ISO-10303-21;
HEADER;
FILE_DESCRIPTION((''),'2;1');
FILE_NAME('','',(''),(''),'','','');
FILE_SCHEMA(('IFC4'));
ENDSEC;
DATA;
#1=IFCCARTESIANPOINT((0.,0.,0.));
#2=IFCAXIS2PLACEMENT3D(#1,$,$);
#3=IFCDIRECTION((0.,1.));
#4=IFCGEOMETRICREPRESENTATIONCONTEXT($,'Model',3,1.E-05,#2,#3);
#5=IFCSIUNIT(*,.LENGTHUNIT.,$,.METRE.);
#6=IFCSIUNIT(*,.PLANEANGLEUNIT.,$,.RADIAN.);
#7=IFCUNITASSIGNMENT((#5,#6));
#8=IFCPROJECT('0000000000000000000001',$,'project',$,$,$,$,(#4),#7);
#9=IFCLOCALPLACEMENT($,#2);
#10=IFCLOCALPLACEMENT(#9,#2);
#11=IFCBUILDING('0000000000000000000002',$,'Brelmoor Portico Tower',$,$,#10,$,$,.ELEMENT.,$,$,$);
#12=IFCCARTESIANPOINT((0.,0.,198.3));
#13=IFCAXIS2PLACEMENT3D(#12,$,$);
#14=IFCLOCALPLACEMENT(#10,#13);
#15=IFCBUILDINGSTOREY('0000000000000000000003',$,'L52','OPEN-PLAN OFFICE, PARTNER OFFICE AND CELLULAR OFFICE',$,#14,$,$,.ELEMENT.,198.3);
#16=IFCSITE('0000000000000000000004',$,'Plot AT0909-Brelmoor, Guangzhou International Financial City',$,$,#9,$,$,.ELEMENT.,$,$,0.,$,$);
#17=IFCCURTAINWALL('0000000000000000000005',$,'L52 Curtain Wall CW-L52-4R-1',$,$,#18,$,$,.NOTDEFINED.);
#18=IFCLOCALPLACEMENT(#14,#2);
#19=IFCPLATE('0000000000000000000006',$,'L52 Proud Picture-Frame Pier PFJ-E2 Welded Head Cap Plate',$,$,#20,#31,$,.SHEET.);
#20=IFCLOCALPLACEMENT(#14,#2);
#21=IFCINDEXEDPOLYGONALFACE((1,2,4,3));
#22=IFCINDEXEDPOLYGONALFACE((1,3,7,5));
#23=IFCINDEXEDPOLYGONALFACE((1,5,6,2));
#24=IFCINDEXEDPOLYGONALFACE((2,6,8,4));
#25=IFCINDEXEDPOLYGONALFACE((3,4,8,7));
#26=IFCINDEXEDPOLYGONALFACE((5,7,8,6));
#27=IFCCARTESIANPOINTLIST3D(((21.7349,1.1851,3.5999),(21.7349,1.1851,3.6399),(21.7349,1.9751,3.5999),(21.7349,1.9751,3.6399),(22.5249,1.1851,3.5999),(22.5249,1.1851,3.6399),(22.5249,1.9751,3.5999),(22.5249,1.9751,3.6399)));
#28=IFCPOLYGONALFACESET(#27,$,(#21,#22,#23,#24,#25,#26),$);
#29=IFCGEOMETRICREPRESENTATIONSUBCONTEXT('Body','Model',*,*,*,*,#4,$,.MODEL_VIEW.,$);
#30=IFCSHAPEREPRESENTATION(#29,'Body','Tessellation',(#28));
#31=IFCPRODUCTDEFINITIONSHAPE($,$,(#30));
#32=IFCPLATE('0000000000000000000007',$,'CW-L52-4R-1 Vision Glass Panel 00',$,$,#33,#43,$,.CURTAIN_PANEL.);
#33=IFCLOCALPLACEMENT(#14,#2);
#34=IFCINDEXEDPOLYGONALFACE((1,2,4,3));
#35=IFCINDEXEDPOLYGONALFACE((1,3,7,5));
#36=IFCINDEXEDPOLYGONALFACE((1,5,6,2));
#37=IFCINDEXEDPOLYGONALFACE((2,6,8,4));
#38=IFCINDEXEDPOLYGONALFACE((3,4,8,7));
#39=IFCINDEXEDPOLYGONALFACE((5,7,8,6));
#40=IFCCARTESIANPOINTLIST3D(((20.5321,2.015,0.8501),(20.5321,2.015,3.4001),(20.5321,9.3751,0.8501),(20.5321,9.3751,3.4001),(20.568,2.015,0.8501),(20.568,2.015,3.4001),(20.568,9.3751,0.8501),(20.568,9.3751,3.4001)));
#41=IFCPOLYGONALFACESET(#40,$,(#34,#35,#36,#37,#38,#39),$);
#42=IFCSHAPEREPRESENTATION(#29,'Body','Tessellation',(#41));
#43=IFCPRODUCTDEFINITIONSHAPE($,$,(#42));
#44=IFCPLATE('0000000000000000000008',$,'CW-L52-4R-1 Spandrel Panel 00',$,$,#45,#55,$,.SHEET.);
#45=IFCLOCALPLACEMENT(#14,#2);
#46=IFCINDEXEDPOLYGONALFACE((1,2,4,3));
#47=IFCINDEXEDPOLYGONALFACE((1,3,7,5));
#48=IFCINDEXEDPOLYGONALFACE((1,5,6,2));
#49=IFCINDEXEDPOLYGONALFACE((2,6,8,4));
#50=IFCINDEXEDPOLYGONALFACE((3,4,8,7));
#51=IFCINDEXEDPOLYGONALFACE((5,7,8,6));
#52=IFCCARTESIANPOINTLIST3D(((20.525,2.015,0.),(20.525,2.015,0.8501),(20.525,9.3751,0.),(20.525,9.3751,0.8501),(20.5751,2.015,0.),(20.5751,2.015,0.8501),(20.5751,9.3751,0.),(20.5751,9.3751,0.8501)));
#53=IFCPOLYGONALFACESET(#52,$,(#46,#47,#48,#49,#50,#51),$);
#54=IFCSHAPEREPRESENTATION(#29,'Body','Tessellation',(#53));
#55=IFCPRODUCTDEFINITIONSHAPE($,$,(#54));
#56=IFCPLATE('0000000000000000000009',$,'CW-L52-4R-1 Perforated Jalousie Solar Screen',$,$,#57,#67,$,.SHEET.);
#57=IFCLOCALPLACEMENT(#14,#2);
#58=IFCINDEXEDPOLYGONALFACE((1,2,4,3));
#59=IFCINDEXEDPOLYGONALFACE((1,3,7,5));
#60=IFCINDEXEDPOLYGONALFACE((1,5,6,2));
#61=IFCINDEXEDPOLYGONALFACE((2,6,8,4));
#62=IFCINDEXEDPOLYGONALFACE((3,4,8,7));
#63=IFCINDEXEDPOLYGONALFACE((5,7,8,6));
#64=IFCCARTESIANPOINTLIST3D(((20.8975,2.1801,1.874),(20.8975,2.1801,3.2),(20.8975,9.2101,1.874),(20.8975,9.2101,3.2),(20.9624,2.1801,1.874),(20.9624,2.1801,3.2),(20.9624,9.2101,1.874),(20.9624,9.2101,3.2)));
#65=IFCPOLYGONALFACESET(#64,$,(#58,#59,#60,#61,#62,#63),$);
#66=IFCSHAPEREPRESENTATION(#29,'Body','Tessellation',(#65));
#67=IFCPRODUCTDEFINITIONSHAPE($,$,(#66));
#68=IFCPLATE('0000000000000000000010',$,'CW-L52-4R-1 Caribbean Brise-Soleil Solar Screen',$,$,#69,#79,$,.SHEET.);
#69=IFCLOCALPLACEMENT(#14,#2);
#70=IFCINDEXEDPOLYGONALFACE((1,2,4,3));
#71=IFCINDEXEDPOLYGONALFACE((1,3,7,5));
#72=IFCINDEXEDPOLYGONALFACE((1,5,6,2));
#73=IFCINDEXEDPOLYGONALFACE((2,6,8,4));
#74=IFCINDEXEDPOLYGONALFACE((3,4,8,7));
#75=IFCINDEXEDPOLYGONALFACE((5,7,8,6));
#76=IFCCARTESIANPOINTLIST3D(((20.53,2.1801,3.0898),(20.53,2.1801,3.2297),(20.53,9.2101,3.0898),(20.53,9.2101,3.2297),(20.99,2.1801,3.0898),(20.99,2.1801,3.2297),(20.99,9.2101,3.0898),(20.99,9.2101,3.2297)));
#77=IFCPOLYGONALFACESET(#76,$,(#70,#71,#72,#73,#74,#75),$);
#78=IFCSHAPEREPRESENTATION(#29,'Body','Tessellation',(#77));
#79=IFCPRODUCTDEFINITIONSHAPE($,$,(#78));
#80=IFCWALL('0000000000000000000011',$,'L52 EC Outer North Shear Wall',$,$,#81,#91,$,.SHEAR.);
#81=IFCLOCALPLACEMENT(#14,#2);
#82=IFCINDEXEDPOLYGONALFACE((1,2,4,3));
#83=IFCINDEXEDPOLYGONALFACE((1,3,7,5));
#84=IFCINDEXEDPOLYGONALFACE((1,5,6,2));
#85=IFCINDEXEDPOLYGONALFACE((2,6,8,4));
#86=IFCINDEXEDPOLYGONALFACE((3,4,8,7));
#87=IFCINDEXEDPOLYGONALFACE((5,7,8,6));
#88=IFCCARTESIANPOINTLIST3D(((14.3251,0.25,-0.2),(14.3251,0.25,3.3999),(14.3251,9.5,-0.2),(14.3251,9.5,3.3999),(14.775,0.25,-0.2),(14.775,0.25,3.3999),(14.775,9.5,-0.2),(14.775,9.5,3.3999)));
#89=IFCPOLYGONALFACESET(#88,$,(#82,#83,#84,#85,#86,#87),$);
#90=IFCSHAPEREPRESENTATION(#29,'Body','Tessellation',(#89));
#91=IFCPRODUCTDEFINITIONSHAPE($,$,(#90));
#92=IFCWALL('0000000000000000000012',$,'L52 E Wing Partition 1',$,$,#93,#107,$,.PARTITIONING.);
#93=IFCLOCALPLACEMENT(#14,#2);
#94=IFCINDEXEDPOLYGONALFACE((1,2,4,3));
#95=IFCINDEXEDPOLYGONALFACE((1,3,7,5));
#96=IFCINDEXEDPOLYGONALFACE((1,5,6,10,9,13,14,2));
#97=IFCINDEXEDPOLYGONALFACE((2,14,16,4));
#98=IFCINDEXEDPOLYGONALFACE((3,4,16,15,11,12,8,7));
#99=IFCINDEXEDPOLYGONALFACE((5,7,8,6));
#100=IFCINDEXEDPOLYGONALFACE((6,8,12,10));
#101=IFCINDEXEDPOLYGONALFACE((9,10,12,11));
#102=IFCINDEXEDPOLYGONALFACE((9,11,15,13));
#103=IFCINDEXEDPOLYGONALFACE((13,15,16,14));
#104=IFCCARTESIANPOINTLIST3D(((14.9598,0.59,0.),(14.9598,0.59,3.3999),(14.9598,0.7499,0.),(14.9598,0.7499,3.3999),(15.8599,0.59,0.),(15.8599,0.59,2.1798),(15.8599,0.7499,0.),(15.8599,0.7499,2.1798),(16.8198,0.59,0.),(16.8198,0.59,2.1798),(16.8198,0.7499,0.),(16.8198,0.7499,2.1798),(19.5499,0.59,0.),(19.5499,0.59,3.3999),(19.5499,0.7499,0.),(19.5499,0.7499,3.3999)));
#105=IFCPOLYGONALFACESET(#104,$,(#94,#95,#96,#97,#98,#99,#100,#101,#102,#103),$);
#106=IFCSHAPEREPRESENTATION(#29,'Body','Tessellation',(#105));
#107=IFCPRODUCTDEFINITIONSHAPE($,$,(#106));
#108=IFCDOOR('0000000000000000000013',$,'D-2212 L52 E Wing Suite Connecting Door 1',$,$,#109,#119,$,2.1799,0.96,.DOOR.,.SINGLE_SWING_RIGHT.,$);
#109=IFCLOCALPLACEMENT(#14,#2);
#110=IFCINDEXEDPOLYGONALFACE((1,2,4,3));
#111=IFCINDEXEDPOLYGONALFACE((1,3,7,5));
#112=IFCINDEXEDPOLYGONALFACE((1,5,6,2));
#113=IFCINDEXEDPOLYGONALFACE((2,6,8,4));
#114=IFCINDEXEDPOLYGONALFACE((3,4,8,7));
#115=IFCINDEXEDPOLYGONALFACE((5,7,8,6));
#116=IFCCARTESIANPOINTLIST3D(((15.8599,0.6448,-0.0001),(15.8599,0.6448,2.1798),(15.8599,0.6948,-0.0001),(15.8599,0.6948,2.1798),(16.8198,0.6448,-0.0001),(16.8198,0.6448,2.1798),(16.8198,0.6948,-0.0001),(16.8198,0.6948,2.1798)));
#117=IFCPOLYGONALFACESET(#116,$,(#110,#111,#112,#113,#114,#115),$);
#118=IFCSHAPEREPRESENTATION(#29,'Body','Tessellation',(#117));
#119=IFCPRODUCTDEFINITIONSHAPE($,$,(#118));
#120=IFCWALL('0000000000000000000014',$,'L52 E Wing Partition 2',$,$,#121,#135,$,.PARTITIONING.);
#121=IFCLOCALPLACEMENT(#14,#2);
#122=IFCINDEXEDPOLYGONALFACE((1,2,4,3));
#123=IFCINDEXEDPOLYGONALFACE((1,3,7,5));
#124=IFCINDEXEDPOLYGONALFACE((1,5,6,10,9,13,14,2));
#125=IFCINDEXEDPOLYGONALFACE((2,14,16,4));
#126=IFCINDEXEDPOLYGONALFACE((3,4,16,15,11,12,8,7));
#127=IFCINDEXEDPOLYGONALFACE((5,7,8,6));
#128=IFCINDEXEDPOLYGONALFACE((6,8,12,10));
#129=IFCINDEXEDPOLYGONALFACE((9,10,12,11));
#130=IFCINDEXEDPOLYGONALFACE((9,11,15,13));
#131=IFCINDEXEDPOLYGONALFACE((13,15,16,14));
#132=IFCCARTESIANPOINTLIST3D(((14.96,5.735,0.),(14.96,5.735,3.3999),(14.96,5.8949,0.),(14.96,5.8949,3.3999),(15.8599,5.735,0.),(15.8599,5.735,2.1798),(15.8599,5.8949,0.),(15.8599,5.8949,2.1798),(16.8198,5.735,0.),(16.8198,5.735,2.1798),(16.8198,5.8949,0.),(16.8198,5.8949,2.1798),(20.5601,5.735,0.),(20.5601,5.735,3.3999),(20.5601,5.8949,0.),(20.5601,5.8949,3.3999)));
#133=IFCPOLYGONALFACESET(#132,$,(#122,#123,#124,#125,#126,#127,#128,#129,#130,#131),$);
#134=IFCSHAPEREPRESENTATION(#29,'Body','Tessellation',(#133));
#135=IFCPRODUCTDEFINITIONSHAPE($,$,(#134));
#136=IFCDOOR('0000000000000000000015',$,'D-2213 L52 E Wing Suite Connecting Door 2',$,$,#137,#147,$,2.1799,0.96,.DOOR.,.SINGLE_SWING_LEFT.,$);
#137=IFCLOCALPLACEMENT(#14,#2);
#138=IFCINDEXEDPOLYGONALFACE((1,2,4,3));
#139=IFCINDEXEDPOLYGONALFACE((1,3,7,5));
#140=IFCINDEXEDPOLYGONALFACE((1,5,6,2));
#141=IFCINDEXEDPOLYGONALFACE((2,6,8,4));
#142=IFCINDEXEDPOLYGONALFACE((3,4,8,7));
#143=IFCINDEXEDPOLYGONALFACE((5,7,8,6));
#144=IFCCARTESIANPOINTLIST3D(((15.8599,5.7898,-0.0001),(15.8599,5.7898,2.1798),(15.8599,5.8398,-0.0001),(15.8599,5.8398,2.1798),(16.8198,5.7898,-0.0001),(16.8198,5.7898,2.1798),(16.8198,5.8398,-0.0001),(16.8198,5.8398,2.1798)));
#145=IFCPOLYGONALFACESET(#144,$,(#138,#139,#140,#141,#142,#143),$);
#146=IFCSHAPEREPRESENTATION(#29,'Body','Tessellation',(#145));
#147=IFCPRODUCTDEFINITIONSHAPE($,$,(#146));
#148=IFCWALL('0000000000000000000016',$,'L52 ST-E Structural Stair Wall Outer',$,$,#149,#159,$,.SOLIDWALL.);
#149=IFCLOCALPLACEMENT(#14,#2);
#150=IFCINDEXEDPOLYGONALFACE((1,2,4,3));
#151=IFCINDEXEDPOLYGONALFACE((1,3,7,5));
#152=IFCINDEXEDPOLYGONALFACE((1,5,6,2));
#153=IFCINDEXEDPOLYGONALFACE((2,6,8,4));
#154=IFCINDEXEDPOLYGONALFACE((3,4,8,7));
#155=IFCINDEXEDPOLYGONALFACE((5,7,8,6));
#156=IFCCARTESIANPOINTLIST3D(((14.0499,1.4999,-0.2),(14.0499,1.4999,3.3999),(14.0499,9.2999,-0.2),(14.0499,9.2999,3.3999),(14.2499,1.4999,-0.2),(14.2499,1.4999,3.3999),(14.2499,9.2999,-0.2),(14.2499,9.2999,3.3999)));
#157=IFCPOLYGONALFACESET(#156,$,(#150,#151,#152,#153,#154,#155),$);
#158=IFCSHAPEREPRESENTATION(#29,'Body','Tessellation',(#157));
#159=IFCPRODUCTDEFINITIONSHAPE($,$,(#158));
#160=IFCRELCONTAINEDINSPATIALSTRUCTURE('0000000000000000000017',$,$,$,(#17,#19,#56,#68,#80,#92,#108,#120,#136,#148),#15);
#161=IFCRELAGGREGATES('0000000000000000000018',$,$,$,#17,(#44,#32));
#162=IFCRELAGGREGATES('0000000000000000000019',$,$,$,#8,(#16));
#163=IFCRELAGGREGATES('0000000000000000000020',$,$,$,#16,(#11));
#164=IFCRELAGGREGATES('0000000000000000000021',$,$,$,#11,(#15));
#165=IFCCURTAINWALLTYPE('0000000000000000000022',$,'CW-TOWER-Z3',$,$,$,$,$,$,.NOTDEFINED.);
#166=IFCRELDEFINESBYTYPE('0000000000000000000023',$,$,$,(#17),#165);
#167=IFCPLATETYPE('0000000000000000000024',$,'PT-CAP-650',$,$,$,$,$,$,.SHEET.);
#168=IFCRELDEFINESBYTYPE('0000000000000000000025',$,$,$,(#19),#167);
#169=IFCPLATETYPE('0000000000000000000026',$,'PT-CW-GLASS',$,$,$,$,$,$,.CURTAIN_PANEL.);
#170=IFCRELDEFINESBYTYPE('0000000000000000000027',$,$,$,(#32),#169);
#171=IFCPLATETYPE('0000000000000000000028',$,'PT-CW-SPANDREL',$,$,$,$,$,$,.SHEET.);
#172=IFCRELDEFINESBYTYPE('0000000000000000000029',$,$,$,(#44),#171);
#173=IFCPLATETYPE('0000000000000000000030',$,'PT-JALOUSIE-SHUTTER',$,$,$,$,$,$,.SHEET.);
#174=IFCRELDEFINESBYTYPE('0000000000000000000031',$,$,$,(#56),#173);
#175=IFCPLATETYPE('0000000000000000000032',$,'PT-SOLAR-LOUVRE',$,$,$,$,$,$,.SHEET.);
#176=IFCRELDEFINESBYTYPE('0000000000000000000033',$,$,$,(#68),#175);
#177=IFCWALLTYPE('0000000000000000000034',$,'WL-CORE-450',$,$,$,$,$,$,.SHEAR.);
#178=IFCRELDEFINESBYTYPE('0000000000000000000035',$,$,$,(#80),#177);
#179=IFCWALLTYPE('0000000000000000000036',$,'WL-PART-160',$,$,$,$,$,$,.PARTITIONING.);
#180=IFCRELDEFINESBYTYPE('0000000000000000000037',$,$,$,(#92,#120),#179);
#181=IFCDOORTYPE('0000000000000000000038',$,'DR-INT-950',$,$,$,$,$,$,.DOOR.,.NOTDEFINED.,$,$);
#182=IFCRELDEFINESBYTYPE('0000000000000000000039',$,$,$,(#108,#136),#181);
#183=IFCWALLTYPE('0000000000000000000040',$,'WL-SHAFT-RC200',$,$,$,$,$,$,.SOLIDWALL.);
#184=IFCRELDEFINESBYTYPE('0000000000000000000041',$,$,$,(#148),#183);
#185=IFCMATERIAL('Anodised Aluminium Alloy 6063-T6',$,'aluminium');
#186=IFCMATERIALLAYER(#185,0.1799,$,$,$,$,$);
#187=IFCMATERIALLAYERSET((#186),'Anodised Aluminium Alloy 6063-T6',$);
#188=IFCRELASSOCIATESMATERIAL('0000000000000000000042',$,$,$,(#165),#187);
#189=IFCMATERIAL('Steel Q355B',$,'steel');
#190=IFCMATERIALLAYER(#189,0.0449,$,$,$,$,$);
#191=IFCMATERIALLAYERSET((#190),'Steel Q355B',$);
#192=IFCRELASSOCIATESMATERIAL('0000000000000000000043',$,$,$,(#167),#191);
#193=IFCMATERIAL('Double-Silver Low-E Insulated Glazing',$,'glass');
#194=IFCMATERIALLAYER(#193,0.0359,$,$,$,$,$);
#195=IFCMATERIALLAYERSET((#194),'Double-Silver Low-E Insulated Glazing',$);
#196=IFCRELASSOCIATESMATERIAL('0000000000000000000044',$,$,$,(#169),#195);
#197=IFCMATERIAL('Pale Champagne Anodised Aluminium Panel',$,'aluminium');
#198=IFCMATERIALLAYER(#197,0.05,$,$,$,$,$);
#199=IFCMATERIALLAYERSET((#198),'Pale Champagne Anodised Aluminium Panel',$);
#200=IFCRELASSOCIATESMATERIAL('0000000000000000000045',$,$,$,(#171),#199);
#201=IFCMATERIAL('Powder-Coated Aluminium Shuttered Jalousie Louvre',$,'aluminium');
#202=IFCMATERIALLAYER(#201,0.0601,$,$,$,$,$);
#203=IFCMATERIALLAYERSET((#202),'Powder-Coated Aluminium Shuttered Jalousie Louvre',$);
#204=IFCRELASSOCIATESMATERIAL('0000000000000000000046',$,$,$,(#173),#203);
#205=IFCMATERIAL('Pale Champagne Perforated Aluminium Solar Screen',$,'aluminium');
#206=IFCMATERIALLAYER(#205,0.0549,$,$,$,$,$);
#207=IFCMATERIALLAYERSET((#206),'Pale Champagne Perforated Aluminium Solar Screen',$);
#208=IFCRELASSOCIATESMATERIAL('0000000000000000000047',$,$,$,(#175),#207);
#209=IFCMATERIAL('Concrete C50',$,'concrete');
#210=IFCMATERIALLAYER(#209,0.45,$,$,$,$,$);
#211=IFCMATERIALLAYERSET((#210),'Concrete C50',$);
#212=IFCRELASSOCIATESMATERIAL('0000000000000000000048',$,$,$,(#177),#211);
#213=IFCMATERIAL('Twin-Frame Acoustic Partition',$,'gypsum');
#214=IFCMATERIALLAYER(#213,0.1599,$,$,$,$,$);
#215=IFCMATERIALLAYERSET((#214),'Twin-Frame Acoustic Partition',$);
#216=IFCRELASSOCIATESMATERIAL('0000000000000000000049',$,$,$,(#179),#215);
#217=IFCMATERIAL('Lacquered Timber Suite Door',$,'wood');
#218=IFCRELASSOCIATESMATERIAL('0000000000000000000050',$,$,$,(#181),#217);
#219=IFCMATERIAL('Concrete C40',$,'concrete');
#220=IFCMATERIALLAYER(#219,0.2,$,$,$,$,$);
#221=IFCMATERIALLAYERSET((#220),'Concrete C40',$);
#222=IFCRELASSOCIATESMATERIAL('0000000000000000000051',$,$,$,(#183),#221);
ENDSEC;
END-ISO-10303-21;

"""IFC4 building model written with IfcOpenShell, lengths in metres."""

from ifc_helpers import new_model, si_unit, direction, frame, frame_2d, origin, origin_2d, place, context, subcontext, project, spatial, rectangle, extrude, material, layer, layer_set, type_object, element, fill, aggregate, save


model = new_model("IFC4")

# Units and contexts
model_context = context("Model", 3, precision=1e-05, world=origin(), true_north=direction((0.0, 1.0)))
body_context = subcontext(model_context, "Body", "Model", "MODEL_VIEW")
ifc_project = project(units=[si_unit("LENGTHUNIT", "METRE"), si_unit("PLANEANGLEUNIT", "RADIAN")], contexts=[model_context])

# Site, building, storey
site_placement = place(None, origin())
site = spatial("IfcSite", under=ifc_project, at=site_placement, Name="Plot AT0909-Brelmoor, Guangzhou International Financial City", CompositionType="ELEMENT", RefElevation=0.0)
building_placement = place(site_placement, origin())
building = spatial("IfcBuilding", under=site, at=building_placement, Name="Brelmoor Portico Tower", CompositionType="ELEMENT")
storey_placement = place(building_placement, frame((0.0, 0.0, 198.3)))
storey = spatial("IfcBuildingStorey", under=building, at=storey_placement, Name="L52", Description="OPEN-PLAN OFFICE, PARTNER OFFICE AND CELLULAR OFFICE", CompositionType="ELEMENT", Elevation=198.3)

# Shared definitions
ifc_material_1 = material(Name="Steel Q355B", Category="steel")

# Curtain wall
ifc_material_2 = material(Name="Anodised Aluminium Alloy 6063-T6", Category="aluminium")
ifc_layer_1 = layer(ifc_material_2, 0.1799)
ifc_layer_set_1 = layer_set([ifc_layer_1], Name="Anodised Aluminium Alloy 6063-T6")
curtain_wall_type = type_object("IfcCurtainWallType", Name="CW-TOWER-Z3", PredefinedType="NOTDEFINED", material=ifc_layer_set_1)
curtain_wall_placement = place(storey_placement, origin())
curtain_wall = element("IfcCurtainWall", 1, at=curtain_wall_placement, inside=storey, type_object=curtain_wall_type, Name="L52 Curtain Wall CW-L52-4R-1", PredefinedType="NOTDEFINED")

# Plates
ifc_layer_2 = layer(ifc_material_1, 0.0449)
ifc_layer_set_2 = layer_set([ifc_layer_2], Name="Steel Q355B")
plate_type_1 = type_object("IfcPlateType", Name="PT-CAP-650", PredefinedType="SHEET", material=ifc_layer_set_2)
plate_1_placement = place(storey_placement, frame((22.1299, 1.5801, 3.5999), z_axis=(0.0, 0.0, 1.0), x_axis=(0.0, 1.0, 0.0)))
element("IfcPlate", 2, at=plate_1_placement, inside=storey, type_object=plate_type_1, Name="L52 Proud Picture-Frame Pier PFJ-E2 Welded Head Cap Plate", PredefinedType="SHEET", context=body_context, shape_type="SweptSolid", body=[
    extrude(rectangle(XDim=0.79, YDim=0.79, at=origin_2d()), origin(), (0.0, 0.0, 1.0), 0.04),
])
ifc_material_3 = material(Name="Double-Silver Low-E Insulated Glazing", Category="glass")
ifc_layer_3 = layer(ifc_material_3, 0.0359)
ifc_layer_set_3 = layer_set([ifc_layer_3], Name="Double-Silver Low-E Insulated Glazing")
plate_type_2 = type_object("IfcPlateType", Name="PT-CW-GLASS", PredefinedType="CURTAIN_PANEL", material=ifc_layer_set_3)
plate_2_placement = place(storey_placement, frame((20.55, 5.6951, 0.8501), z_axis=(0.0, 0.0, 1.0), x_axis=(0.0, 1.0, 0.0)))
plate_2 = element("IfcPlate", 3, at=plate_2_placement, type_object=plate_type_2, Name="CW-L52-4R-1 Vision Glass Panel 00", PredefinedType="CURTAIN_PANEL", context=body_context, shape_type="SweptSolid", body=[
    extrude(rectangle(XDim=7.3601, YDim=0.0359, at=origin_2d()), origin(), (0.0, 0.0, 1.0), 2.55),
])
ifc_material_4 = material(Name="Pale Champagne Anodised Aluminium Panel", Category="aluminium")
ifc_layer_4 = layer(ifc_material_4, 0.05)
ifc_layer_set_4 = layer_set([ifc_layer_4], Name="Pale Champagne Anodised Aluminium Panel")
plate_type_3 = type_object("IfcPlateType", Name="PT-CW-SPANDREL", PredefinedType="SHEET", material=ifc_layer_set_4)
plate_3_placement = place(storey_placement, frame((20.55, 5.6951, 0.0), z_axis=(0.0, 0.0, 1.0), x_axis=(0.0, 1.0, 0.0)))
plate_3 = element("IfcPlate", 4, at=plate_3_placement, type_object=plate_type_3, Name="CW-L52-4R-1 Spandrel Panel 00", PredefinedType="SHEET", context=body_context, shape_type="SweptSolid", body=[
    extrude(rectangle(XDim=7.3601, YDim=0.05, at=origin_2d()), origin(), (0.0, 0.0, 1.0), 0.8501),
])
aggregate(curtain_wall, [plate_3, plate_2])

# Plates
ifc_material_5 = material(Name="Powder-Coated Aluminium Shuttered Jalousie Louvre", Category="aluminium")
ifc_layer_5 = layer(ifc_material_5, 0.0601)
ifc_layer_set_5 = layer_set([ifc_layer_5], Name="Powder-Coated Aluminium Shuttered Jalousie Louvre")
plate_type_4 = type_object("IfcPlateType", Name="PT-JALOUSIE-SHUTTER", PredefinedType="SHEET", material=ifc_layer_set_5)
plate_4_placement = place(storey_placement, frame((20.9299, 5.6951, 1.874), z_axis=(0.0, 0.0, 1.0), x_axis=(0.0, 1.0, 0.0)))
element("IfcPlate", 5, at=plate_4_placement, inside=storey, type_object=plate_type_4, Name="CW-L52-4R-1 Perforated Jalousie Solar Screen", PredefinedType="SHEET", context=body_context, shape_type="SweptSolid", body=[
    extrude(rectangle(XDim=7.03, YDim=0.0649, at=origin_2d()), origin(), (0.0, 0.0, 1.0), 1.3259),
])
ifc_material_6 = material(Name="Pale Champagne Perforated Aluminium Solar Screen", Category="aluminium")
ifc_layer_6 = layer(ifc_material_6, 0.0549)
ifc_layer_set_6 = layer_set([ifc_layer_6], Name="Pale Champagne Perforated Aluminium Solar Screen")
plate_type_5 = type_object("IfcPlateType", Name="PT-SOLAR-LOUVRE", PredefinedType="SHEET", material=ifc_layer_set_6)
plate_5_placement = place(storey_placement, frame((20.76, 5.6951, 3.0898), z_axis=(0.0, 0.0, 1.0), x_axis=(0.0, 1.0, 0.0)))
element("IfcPlate", 6, at=plate_5_placement, inside=storey, type_object=plate_type_5, Name="CW-L52-4R-1 Caribbean Brise-Soleil Solar Screen", PredefinedType="SHEET", context=body_context, shape_type="SweptSolid", body=[
    extrude(rectangle(XDim=7.03, YDim=0.46, at=origin_2d()), origin(), (0.0, 0.0, 1.0), 0.1399),
])

# Wall
ifc_material_7 = material(Name="Concrete C50", Category="concrete")
ifc_layer_7 = layer(ifc_material_7, 0.45)
ifc_layer_set_7 = layer_set([ifc_layer_7], Name="Concrete C50")
wall_type_1 = type_object("IfcWallType", Name="WL-CORE-450", PredefinedType="SHEAR", material=ifc_layer_set_7)
wall_1_placement = place(storey_placement, frame((14.55, 0.25, -0.2), z_axis=(0.0, 0.0, 1.0), x_axis=(0.0, 1.0, 0.0)))
element("IfcWall", 7, at=wall_1_placement, inside=storey, type_object=wall_type_1, Name="L52 EC Outer North Shear Wall", PredefinedType="SHEAR", context=body_context, shape_type="SweptSolid", body=[
    extrude(rectangle(XDim=9.25, YDim=0.45, at=frame_2d((4.625, 0.0))), origin(), (0.0, 0.0, 1.0), 3.5999),
])

# Walls, openings, doors
ifc_material_8 = material(Name="Twin-Frame Acoustic Partition", Category="gypsum")
ifc_layer_8 = layer(ifc_material_8, 0.1599)
ifc_layer_set_8 = layer_set([ifc_layer_8], Name="Twin-Frame Acoustic Partition")
wall_type_2 = type_object("IfcWallType", Name="WL-PART-160", PredefinedType="PARTITIONING", material=ifc_layer_set_8)
wall_2_placement = place(storey_placement, frame((14.96, 0.6699, 0.0), z_axis=(0.0, 0.0, 1.0), x_axis=(1.0, 0.0, 0.0)))
wall_2 = element("IfcWall", 8, at=wall_2_placement, inside=storey, type_object=wall_type_2, Name="L52 E Wing Partition 1", PredefinedType="PARTITIONING", context=body_context, shape_type="SweptSolid", body=[
    extrude(rectangle(XDim=4.5901, YDim=0.1599, at=frame_2d((2.2949, 0.0))), origin(), (0.0, 0.0, 1.0), 3.3999),
])
opening_1_placement = place(wall_2_placement, frame((0.8999, 0.0, 0.0)))
opening_1 = element("IfcOpeningElement", 9, at=opening_1_placement, cuts=wall_2, PredefinedType="OPENING", context=body_context, shape_type="SweptSolid", body=[
    extrude(rectangle(XDim=0.96, YDim=2.1799, at=frame_2d((0.48, 1.0898))), frame((0.0, 0.0898, 0.0), z_axis=(0.0, -1.0, 0.0), x_axis=(1.0, 0.0, 0.0)), (0.0, 0.0, 1.0), 0.1799),
])
ifc_material_9 = material(Name="Lacquered Timber Suite Door", Category="wood")
door_type = type_object("IfcDoorType", Name="DR-INT-950", OperationType="NOTDEFINED", PredefinedType="DOOR", material=ifc_material_9)
door_1_placement = place(opening_1_placement, origin())
door_1 = element("IfcDoor", 10, at=door_1_placement, inside=storey, type_object=door_type, Name="D-2212 L52 E Wing Suite Connecting Door 1", OperationType="SINGLE_SWING_RIGHT", OverallHeight=2.1799, OverallWidth=0.96, PredefinedType="DOOR", context=body_context, shape_type="SweptSolid", body=[
    extrude(rectangle(XDim=0.96, YDim=2.1799, at=frame_2d((0.48, 1.0898))), frame((0.0, 0.0249, 0.0), z_axis=(0.0, -1.0, 0.0), x_axis=(1.0, 0.0, 0.0)), (0.0, 0.0, 1.0), 0.05),
])
fill(opening_1, door_1)
wall_3_placement = place(storey_placement, frame((14.96, 5.8149, 0.0), z_axis=(0.0, 0.0, 1.0), x_axis=(1.0, 0.0, 0.0)))
wall_3 = element("IfcWall", 11, at=wall_3_placement, inside=storey, type_object=wall_type_2, Name="L52 E Wing Partition 2", PredefinedType="PARTITIONING", context=body_context, shape_type="SweptSolid", body=[
    extrude(rectangle(XDim=5.6001, YDim=0.1599, at=frame_2d((2.8, 0.0))), origin(), (0.0, 0.0, 1.0), 3.3999),
])
opening_2_placement = place(wall_3_placement, frame((0.8999, 0.0, 0.0)))
opening_2 = element("IfcOpeningElement", 12, at=opening_2_placement, cuts=wall_3, PredefinedType="OPENING", context=body_context, shape_type="SweptSolid", body=[
    extrude(rectangle(XDim=0.96, YDim=2.1799, at=frame_2d((0.48, 1.0898))), frame((0.0, 0.0898, 0.0), z_axis=(0.0, -1.0, 0.0), x_axis=(1.0, 0.0, 0.0)), (0.0, 0.0, 1.0), 0.1799),
])
door_2_placement = place(opening_2_placement, origin())
door_2 = element("IfcDoor", 13, at=door_2_placement, inside=storey, type_object=door_type, Name="D-2213 L52 E Wing Suite Connecting Door 2", OperationType="SINGLE_SWING_LEFT", OverallHeight=2.1799, OverallWidth=0.96, PredefinedType="DOOR", context=body_context, shape_type="SweptSolid", body=[
    extrude(rectangle(XDim=0.96, YDim=2.1799, at=frame_2d((0.48, 1.0898))), frame((0.0, 0.0249, 0.0), z_axis=(0.0, -1.0, 0.0), x_axis=(1.0, 0.0, 0.0)), (0.0, 0.0, 1.0), 0.05),
])
fill(opening_2, door_2)

# Wall
ifc_material_10 = material(Name="Concrete C40", Category="concrete")
ifc_layer_9 = layer(ifc_material_10, 0.2)
ifc_layer_set_9 = layer_set([ifc_layer_9], Name="Concrete C40")
wall_type_3 = type_object("IfcWallType", Name="WL-SHAFT-RC200", PredefinedType="SOLIDWALL", material=ifc_layer_set_9)
wall_4_placement = place(storey_placement, frame((14.1499, 1.5, -0.2), z_axis=(0.0, 0.0, 1.0), x_axis=(0.0, 1.0, 0.0)))
element("IfcWall", 14, at=wall_4_placement, inside=storey, type_object=wall_type_3, Name="L52 ST-E Structural Stair Wall Outer", PredefinedType="SOLIDWALL", context=body_context, shape_type="SweptSolid", body=[
    extrude(rectangle(XDim=7.8, YDim=0.2, at=frame_2d((3.8999, 0.0))), origin(), (0.0, 0.0, 1.0), 3.5999),
])

save(model, "model.ifc")
